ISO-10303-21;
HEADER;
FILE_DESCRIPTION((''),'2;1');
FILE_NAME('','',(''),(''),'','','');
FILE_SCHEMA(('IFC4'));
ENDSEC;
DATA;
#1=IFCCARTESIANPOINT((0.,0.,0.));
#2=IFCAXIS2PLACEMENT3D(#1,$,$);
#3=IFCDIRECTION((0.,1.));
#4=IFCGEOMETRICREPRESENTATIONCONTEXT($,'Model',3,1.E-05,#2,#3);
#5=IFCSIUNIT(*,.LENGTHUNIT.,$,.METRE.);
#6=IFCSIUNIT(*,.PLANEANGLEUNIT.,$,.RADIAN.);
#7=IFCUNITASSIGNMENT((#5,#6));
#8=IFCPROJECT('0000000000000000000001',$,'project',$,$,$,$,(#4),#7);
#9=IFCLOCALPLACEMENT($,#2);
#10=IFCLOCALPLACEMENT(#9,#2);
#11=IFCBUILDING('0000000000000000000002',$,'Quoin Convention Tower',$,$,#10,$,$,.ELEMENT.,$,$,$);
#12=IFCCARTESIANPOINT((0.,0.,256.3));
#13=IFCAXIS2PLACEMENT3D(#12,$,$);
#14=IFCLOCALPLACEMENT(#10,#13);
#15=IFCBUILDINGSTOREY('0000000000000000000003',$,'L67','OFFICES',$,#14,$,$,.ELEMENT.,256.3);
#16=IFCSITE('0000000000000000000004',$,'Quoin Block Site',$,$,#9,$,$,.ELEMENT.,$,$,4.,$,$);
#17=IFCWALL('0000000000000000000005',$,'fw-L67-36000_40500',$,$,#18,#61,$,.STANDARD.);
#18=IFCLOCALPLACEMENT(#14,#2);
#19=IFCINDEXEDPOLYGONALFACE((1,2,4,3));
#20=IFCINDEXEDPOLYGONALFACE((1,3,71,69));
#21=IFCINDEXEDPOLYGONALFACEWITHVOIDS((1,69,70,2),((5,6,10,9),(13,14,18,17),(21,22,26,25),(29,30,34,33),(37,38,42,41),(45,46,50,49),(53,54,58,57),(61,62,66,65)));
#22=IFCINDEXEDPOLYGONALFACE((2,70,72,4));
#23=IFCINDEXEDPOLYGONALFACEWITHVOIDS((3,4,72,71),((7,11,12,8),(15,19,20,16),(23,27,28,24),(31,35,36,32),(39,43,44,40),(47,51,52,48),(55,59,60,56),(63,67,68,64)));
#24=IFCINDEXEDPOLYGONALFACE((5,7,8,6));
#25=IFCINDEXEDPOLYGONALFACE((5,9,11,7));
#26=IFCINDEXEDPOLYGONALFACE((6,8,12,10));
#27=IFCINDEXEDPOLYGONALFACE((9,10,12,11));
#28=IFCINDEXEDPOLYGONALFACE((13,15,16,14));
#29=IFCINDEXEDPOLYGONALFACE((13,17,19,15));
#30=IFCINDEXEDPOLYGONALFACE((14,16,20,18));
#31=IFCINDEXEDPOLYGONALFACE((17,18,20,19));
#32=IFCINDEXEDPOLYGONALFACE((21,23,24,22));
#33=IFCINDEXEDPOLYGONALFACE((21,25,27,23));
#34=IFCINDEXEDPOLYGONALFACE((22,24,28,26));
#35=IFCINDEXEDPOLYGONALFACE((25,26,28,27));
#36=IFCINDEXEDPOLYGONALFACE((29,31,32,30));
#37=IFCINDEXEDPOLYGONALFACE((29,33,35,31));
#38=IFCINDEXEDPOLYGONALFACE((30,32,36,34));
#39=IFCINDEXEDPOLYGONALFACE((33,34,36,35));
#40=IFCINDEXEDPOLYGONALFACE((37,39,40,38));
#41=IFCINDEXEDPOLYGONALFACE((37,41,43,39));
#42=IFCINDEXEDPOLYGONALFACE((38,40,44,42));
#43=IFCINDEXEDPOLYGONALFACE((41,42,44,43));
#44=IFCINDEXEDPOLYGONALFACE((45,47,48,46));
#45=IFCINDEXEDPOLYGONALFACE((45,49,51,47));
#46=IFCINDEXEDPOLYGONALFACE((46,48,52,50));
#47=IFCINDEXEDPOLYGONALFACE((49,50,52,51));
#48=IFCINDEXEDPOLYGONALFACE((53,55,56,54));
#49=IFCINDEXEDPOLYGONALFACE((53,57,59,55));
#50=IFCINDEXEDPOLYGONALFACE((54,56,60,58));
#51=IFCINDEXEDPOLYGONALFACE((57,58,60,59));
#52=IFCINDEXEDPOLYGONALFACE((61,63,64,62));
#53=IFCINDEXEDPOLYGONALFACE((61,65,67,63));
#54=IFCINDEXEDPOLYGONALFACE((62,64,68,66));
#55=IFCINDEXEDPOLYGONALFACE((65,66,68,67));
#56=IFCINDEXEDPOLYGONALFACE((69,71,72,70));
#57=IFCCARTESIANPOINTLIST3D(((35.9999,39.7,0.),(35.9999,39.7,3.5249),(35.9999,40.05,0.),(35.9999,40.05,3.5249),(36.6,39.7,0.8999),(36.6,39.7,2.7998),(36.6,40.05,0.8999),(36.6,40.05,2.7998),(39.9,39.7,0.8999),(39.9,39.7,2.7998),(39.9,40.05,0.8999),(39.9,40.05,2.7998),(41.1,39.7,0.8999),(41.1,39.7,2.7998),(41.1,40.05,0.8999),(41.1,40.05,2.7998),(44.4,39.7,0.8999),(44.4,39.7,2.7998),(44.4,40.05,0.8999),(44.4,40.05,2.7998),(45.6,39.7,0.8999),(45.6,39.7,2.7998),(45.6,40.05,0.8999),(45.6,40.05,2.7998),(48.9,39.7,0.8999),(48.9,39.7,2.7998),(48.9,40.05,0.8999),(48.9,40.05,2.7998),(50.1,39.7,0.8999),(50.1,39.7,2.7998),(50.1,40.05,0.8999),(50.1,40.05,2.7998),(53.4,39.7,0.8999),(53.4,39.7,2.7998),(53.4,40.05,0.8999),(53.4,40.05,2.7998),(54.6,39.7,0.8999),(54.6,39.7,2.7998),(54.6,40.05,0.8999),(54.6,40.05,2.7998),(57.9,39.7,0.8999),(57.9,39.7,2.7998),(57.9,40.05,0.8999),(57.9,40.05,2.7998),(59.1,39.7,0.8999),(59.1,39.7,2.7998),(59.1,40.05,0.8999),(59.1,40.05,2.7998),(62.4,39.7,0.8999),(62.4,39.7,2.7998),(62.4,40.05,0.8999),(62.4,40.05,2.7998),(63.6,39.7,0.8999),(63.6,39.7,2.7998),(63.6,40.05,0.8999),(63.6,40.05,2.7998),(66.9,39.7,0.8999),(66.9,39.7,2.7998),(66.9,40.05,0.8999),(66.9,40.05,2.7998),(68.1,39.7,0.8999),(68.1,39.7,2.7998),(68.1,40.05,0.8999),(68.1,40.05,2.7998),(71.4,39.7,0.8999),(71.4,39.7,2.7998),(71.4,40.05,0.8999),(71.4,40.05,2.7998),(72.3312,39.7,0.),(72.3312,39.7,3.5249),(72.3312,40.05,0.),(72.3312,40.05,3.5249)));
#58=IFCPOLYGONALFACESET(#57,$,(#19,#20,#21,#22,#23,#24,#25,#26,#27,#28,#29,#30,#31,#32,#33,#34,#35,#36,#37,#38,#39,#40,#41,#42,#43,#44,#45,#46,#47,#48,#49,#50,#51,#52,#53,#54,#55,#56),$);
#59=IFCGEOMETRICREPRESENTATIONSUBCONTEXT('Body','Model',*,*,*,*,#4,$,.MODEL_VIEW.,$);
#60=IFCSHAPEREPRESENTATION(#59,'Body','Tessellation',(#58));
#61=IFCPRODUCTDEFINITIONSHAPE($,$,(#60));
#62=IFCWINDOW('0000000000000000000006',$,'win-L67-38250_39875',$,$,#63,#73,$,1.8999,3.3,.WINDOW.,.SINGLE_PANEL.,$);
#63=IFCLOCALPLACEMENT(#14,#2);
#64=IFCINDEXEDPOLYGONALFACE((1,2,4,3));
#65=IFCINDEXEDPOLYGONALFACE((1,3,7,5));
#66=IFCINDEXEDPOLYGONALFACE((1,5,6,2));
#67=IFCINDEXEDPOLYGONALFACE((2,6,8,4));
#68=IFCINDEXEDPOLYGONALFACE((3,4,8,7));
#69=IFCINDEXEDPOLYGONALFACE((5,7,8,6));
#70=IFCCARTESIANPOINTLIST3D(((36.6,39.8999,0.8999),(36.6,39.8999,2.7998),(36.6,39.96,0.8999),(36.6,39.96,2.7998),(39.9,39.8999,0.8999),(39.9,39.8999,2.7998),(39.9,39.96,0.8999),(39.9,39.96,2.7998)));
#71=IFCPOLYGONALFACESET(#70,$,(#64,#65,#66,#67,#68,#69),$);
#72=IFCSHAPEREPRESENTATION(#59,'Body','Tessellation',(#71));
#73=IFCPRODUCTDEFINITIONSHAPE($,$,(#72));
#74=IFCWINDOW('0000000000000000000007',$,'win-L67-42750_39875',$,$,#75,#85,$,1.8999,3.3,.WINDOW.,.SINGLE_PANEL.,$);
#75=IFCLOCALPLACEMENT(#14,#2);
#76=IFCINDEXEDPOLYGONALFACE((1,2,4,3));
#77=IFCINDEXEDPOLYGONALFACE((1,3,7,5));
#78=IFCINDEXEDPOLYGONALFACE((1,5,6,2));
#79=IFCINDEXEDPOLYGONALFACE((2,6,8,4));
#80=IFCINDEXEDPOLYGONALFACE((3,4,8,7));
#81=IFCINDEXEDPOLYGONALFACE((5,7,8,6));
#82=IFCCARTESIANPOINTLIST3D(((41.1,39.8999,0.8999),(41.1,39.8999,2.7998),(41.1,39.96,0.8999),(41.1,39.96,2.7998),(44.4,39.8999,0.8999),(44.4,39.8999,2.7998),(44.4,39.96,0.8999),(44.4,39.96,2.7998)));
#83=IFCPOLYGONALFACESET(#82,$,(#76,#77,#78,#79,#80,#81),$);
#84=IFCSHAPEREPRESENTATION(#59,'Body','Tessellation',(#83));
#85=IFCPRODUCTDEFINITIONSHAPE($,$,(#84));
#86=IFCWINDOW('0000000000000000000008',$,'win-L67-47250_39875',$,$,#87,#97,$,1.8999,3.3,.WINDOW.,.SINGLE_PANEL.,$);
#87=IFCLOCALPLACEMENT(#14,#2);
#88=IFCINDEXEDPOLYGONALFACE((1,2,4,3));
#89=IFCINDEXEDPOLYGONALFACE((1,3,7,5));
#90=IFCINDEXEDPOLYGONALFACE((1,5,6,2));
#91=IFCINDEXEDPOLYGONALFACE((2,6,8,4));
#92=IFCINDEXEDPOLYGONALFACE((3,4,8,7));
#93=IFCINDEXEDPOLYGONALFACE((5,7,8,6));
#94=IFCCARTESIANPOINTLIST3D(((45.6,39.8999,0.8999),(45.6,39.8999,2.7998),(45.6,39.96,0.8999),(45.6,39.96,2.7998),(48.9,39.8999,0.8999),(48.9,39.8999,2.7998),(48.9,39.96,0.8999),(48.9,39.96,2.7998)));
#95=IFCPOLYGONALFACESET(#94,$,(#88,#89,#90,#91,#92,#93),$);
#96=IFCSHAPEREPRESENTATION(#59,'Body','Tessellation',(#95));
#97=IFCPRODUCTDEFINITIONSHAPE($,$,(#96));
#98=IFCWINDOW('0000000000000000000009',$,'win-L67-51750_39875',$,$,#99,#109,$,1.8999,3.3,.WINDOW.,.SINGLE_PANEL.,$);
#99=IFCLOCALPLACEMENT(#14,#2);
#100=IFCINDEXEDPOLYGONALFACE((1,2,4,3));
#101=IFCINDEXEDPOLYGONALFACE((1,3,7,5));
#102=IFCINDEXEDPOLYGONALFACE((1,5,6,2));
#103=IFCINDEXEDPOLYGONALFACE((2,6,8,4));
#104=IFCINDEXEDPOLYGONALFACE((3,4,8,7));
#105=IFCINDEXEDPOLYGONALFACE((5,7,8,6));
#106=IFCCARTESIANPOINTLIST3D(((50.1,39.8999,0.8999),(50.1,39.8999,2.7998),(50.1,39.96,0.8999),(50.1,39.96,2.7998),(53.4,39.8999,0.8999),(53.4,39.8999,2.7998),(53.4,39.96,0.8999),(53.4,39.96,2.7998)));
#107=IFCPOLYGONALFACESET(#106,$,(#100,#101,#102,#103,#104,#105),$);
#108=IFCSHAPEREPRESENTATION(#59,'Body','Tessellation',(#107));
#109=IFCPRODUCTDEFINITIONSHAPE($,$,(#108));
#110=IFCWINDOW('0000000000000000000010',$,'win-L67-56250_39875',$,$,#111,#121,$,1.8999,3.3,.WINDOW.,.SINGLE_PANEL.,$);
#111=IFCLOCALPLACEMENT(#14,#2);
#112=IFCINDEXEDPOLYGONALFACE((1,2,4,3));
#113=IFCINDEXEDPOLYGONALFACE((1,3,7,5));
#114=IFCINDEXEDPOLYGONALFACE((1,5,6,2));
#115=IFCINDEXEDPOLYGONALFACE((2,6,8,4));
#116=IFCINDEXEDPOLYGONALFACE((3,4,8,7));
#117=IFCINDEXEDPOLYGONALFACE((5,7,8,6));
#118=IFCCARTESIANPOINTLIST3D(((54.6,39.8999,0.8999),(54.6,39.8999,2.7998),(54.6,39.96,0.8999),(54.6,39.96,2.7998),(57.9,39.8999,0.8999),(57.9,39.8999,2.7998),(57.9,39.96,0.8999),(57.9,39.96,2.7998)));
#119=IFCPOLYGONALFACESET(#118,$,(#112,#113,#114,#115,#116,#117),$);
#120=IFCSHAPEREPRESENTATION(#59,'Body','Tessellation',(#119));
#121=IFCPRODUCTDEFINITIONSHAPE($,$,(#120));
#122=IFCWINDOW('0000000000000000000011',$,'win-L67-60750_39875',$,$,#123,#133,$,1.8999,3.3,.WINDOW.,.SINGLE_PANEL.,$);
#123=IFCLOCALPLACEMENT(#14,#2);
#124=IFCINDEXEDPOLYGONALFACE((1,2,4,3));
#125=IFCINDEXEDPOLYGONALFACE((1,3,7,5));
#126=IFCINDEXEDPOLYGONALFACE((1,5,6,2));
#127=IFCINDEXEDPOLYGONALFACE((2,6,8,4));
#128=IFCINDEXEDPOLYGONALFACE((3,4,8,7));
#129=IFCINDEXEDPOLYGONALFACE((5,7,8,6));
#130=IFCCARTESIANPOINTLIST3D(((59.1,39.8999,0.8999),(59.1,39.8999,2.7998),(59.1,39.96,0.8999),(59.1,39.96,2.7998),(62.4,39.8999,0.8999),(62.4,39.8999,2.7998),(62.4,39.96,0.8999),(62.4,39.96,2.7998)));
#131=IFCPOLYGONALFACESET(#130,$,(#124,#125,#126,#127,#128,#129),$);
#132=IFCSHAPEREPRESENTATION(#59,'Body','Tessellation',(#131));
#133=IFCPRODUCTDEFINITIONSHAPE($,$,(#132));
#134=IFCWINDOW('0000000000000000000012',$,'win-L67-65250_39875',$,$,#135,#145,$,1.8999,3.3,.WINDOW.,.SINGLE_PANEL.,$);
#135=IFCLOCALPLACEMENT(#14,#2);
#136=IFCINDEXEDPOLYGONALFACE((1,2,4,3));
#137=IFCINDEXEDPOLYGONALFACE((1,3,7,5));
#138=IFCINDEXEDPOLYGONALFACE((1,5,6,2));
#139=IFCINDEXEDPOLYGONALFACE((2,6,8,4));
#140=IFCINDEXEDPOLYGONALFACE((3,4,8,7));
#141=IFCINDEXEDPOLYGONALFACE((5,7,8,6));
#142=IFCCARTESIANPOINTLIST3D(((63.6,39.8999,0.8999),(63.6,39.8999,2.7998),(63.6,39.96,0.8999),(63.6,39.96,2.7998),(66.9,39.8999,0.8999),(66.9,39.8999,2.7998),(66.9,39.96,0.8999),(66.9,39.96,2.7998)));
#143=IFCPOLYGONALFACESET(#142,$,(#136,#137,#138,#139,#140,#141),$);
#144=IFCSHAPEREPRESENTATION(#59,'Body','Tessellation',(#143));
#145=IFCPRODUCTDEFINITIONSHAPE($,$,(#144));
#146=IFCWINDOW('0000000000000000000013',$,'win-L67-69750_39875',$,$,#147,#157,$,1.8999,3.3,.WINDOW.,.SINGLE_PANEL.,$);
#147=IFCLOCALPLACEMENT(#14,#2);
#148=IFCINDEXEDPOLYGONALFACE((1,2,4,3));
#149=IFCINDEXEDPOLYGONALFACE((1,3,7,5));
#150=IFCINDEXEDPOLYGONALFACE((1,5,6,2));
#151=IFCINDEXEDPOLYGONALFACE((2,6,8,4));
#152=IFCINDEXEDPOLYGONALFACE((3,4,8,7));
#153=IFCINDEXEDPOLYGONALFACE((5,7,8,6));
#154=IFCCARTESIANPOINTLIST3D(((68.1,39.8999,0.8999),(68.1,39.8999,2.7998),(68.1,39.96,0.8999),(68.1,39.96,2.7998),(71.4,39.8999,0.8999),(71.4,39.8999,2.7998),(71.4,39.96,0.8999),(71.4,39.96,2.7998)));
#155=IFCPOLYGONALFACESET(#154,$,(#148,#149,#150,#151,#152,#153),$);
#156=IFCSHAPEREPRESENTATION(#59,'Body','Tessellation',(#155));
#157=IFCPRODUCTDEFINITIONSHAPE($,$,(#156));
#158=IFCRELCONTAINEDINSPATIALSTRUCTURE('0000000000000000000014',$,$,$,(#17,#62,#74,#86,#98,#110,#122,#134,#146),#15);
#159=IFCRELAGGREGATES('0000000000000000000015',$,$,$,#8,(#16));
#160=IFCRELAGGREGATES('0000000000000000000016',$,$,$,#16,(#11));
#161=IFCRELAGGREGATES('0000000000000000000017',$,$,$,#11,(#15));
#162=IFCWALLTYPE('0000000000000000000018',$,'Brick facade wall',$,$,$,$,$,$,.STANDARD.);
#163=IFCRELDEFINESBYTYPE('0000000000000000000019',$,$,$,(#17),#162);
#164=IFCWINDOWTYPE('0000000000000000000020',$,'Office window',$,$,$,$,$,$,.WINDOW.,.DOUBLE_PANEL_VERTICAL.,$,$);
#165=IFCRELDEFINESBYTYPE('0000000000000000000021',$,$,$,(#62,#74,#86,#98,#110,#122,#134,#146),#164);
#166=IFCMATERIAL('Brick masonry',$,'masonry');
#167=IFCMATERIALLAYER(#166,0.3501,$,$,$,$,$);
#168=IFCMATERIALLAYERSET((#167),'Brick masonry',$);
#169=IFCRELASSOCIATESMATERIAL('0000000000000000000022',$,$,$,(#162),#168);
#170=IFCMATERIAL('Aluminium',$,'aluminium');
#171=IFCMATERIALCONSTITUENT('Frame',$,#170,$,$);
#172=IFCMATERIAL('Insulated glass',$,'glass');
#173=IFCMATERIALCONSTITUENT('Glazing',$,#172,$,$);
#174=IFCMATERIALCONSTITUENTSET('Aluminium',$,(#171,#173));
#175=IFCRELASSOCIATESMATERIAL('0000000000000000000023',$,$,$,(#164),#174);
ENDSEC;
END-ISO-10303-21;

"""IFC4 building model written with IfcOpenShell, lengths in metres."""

from ifc_helpers import new_model, si_unit, direction, frame, frame_2d, origin, place, context, subcontext, project, spatial, rectangle, extrude, material, layer, layer_set, constituent, constituent_set, type_object, element, fill, save


model = new_model("IFC4")

# Units and contexts
model_context = context("Model", 3, precision=1e-05, world=origin(), true_north=direction((0.0, 1.0)))
body_context = subcontext(model_context, "Body", "Model", "MODEL_VIEW")
ifc_project = project(units=[si_unit("LENGTHUNIT", "METRE"), si_unit("PLANEANGLEUNIT", "RADIAN")], contexts=[model_context])

# Site, building, storey
site_placement = place(None, origin())
site = spatial("IfcSite", under=ifc_project, at=site_placement, Name="Quoin Block Site", CompositionType="ELEMENT", RefElevation=4.0)
building_placement = place(site_placement, origin())
building = spatial("IfcBuilding", under=site, at=building_placement, Name="Quoin Convention Tower", CompositionType="ELEMENT")
storey_placement = place(building_placement, frame((0.0, 0.0, 256.3)))
storey = spatial("IfcBuildingStorey", under=building, at=storey_placement, Name="L67", Description="OFFICES", CompositionType="ELEMENT", Elevation=256.3)

# Wall, openings, windows
ifc_material_1 = material(Name="Brick masonry", Category="masonry")
ifc_layer_1 = layer(ifc_material_1, 0.3501)
ifc_layer_set_1 = layer_set([ifc_layer_1], Name="Brick masonry")
wall_type = type_object("IfcWallType", Name="Brick facade wall", PredefinedType="STANDARD", material=ifc_layer_set_1)
wall_1_placement = place(storey_placement, frame((36.0, 39.875, 0.0), z_axis=(0.0, 0.0, 1.0), x_axis=(1.0, 0.0, 0.0)))
wall_1 = element("IfcWall", 1, at=wall_1_placement, inside=storey, type_object=wall_type, Name="fw-L67-36000_40500", PredefinedType="STANDARD", context=body_context, shape_type="SweptSolid", body=[
    extrude(rectangle(XDim=36.3313, YDim=0.3501, at=frame_2d((18.1655, 0.0))), origin(), (0.0, 0.0, 1.0), 3.5249),
])
opening_1_placement = place(wall_1_placement, frame((0.6001, 0.0, 0.8999)))
opening_1 = element("IfcOpeningElement", 2, at=opening_1_placement, cuts=wall_1, PredefinedType="OPENING", context=body_context, shape_type="SweptSolid", body=[
    extrude(rectangle(XDim=3.3, YDim=1.8999, at=frame_2d((1.6499, 0.95))), frame((0.0, 0.1851, 0.0), z_axis=(0.0, -1.0, 0.0), x_axis=(1.0, 0.0, 0.0)), (0.0, 0.0, 1.0), 0.3701),
])
opening_2_placement = place(wall_1_placement, frame((5.1001, 0.0, 0.8999)))
opening_2 = element("IfcOpeningElement", 3, at=opening_2_placement, cuts=wall_1, PredefinedType="OPENING", context=body_context, shape_type="SweptSolid", body=[
    extrude(rectangle(XDim=3.3, YDim=1.8999, at=frame_2d((1.6499, 0.95))), frame((0.0, 0.1851, 0.0), z_axis=(0.0, -1.0, 0.0), x_axis=(1.0, 0.0, 0.0)), (0.0, 0.0, 1.0), 0.3701),
])
opening_3_placement = place(wall_1_placement, frame((9.6001, 0.0, 0.8999)))
opening_3 = element("IfcOpeningElement", 4, at=opening_3_placement, cuts=wall_1, PredefinedType="OPENING", context=body_context, shape_type="SweptSolid", body=[
    extrude(rectangle(XDim=3.3, YDim=1.8999, at=frame_2d((1.6499, 0.95))), frame((0.0, 0.1851, 0.0), z_axis=(0.0, -1.0, 0.0), x_axis=(1.0, 0.0, 0.0)), (0.0, 0.0, 1.0), 0.3701),
])
opening_4_placement = place(wall_1_placement, frame((14.1001, 0.0, 0.8999)))
opening_4 = element("IfcOpeningElement", 5, at=opening_4_placement, cuts=wall_1, PredefinedType="OPENING", context=body_context, shape_type="SweptSolid", body=[
    extrude(rectangle(XDim=3.3, YDim=1.8999, at=frame_2d((1.6499, 0.95))), frame((0.0, 0.1851, 0.0), z_axis=(0.0, -1.0, 0.0), x_axis=(1.0, 0.0, 0.0)), (0.0, 0.0, 1.0), 0.3701),
])
opening_5_placement = place(wall_1_placement, frame((18.6001, 0.0, 0.8999)))
opening_5 = element("IfcOpeningElement", 6, at=opening_5_placement, cuts=wall_1, PredefinedType="OPENING", context=body_context, shape_type="SweptSolid", body=[
    extrude(rectangle(XDim=3.3, YDim=1.8999, at=frame_2d((1.6499, 0.95))), frame((0.0, 0.1851, 0.0), z_axis=(0.0, -1.0, 0.0), x_axis=(1.0, 0.0, 0.0)), (0.0, 0.0, 1.0), 0.3701),
])
opening_6_placement = place(wall_1_placement, frame((23.1001, 0.0, 0.8999)))
opening_6 = element("IfcOpeningElement", 7, at=opening_6_placement, cuts=wall_1, PredefinedType="OPENING", context=body_context, shape_type="SweptSolid", body=[
    extrude(rectangle(XDim=3.3, YDim=1.8999, at=frame_2d((1.6499, 0.95))), frame((0.0, 0.1851, 0.0), z_axis=(0.0, -1.0, 0.0), x_axis=(1.0, 0.0, 0.0)), (0.0, 0.0, 1.0), 0.3701),
])
opening_7_placement = place(wall_1_placement, frame((27.6001, 0.0, 0.8999)))
opening_7 = element("IfcOpeningElement", 8, at=opening_7_placement, cuts=wall_1, PredefinedType="OPENING", context=body_context, shape_type="SweptSolid", body=[
    extrude(rectangle(XDim=3.3, YDim=1.8999, at=frame_2d((1.6499, 0.95))), frame((0.0, 0.1851, 0.0), z_axis=(0.0, -1.0, 0.0), x_axis=(1.0, 0.0, 0.0)), (0.0, 0.0, 1.0), 0.3701),
])
opening_8_placement = place(wall_1_placement, frame((32.1001, 0.0, 0.8999)))
opening_8 = element("IfcOpeningElement", 9, at=opening_8_placement, cuts=wall_1, PredefinedType="OPENING", context=body_context, shape_type="SweptSolid", body=[
    extrude(rectangle(XDim=3.3, YDim=1.8999, at=frame_2d((1.6499, 0.95))), frame((0.0, 0.1851, 0.0), z_axis=(0.0, -1.0, 0.0), x_axis=(1.0, 0.0, 0.0)), (0.0, 0.0, 1.0), 0.3701),
])
ifc_material_2 = material(Name="Aluminium", Category="aluminium")
ifc_constituent_1 = constituent(ifc_material_2, Name="Frame")
ifc_material_3 = material(Name="Insulated glass", Category="glass")
ifc_constituent_2 = constituent(ifc_material_3, Name="Glazing")
ifc_constituent_set = constituent_set(constituents=[ifc_constituent_1, ifc_constituent_2], Name="Aluminium")
window_type = type_object("IfcWindowType", Name="Office window", PartitioningType="DOUBLE_PANEL_VERTICAL", PredefinedType="WINDOW", material=ifc_constituent_set)
window_1_placement = place(opening_1_placement, origin())
window_1 = element("IfcWindow", 10, at=window_1_placement, inside=storey, type_object=window_type, Name="win-L67-38250_39875", OverallHeight=1.8999, OverallWidth=3.3, PartitioningType="SINGLE_PANEL", PredefinedType="WINDOW", context=body_context, shape_type="SweptSolid", body=[
    extrude(rectangle(XDim=3.3, YDim=1.8999, at=frame_2d((1.6499, 0.95))), frame((0.0, 0.085, 0.0), z_axis=(0.0, -1.0, 0.0), x_axis=(1.0, 0.0, 0.0)), (0.0, 0.0, 1.0), 0.0601),
])
fill(opening_1, window_1)
window_2_placement = place(opening_2_placement, origin())
window_2 = element("IfcWindow", 11, at=window_2_placement, inside=storey, type_object=window_type, Name="win-L67-42750_39875", OverallHeight=1.8999, OverallWidth=3.3, PartitioningType="SINGLE_PANEL", PredefinedType="WINDOW", context=body_context, shape_type="SweptSolid", body=[
    extrude(rectangle(XDim=3.3, YDim=1.8999, at=frame_2d((1.6499, 0.95))), frame((0.0, 0.085, 0.0), z_axis=(0.0, -1.0, 0.0), x_axis=(1.0, 0.0, 0.0)), (0.0, 0.0, 1.0), 0.0601),
])
fill(opening_2, window_2)
window_3_placement = place(opening_3_placement, origin())
window_3 = element("IfcWindow", 12, at=window_3_placement, inside=storey, type_object=window_type, Name="win-L67-47250_39875", OverallHeight=1.8999, OverallWidth=3.3, PartitioningType="SINGLE_PANEL", PredefinedType="WINDOW", context=body_context, shape_type="SweptSolid", body=[
    extrude(rectangle(XDim=3.3, YDim=1.8999, at=frame_2d((1.6499, 0.95))), frame((0.0, 0.085, 0.0), z_axis=(0.0, -1.0, 0.0), x_axis=(1.0, 0.0, 0.0)), (0.0, 0.0, 1.0), 0.0601),
])
fill(opening_3, window_3)
window_4_placement = place(opening_4_placement, origin())
window_4 = element("IfcWindow", 13, at=window_4_placement, inside=storey, type_object=window_type, Name="win-L67-51750_39875", OverallHeight=1.8999, OverallWidth=3.3, PartitioningType="SINGLE_PANEL", PredefinedType="WINDOW", context=body_context, shape_type="SweptSolid", body=[
    extrude(rectangle(XDim=3.3, YDim=1.8999, at=frame_2d((1.6499, 0.95))), frame((0.0, 0.085, 0.0), z_axis=(0.0, -1.0, 0.0), x_axis=(1.0, 0.0, 0.0)), (0.0, 0.0, 1.0), 0.0601),
])
fill(opening_4, window_4)
window_5_placement = place(opening_5_placement, origin())
window_5 = element("IfcWindow", 14, at=window_5_placement, inside=storey, type_object=window_type, Name="win-L67-56250_39875", OverallHeight=1.8999, OverallWidth=3.3, PartitioningType="SINGLE_PANEL", PredefinedType="WINDOW", context=body_context, shape_type="SweptSolid", body=[
    extrude(rectangle(XDim=3.3, YDim=1.8999, at=frame_2d((1.6499, 0.95))), frame((0.0, 0.085, 0.0), z_axis=(0.0, -1.0, 0.0), x_axis=(1.0, 0.0, 0.0)), (0.0, 0.0, 1.0), 0.0601),
])
fill(opening_5, window_5)
window_6_placement = place(opening_6_placement, origin())
window_6 = element("IfcWindow", 15, at=window_6_placement, inside=storey, type_object=window_type, Name="win-L67-60750_39875", OverallHeight=1.8999, OverallWidth=3.3, PartitioningType="SINGLE_PANEL", PredefinedType="WINDOW", context=body_context, shape_type="SweptSolid", body=[
    extrude(rectangle(XDim=3.3, YDim=1.8999, at=frame_2d((1.6499, 0.95))), frame((0.0, 0.085, 0.0), z_axis=(0.0, -1.0, 0.0), x_axis=(1.0, 0.0, 0.0)), (0.0, 0.0, 1.0), 0.0601),
])
fill(opening_6, window_6)
window_7_placement = place(opening_7_placement, origin())
window_7 = element("IfcWindow", 16, at=window_7_placement, inside=storey, type_object=window_type, Name="win-L67-65250_39875", OverallHeight=1.8999, OverallWidth=3.3, PartitioningType="SINGLE_PANEL", PredefinedType="WINDOW", context=body_context, shape_type="SweptSolid", body=[
    extrude(rectangle(XDim=3.3, YDim=1.8999, at=frame_2d((1.6499, 0.95))), frame((0.0, 0.085, 0.0), z_axis=(0.0, -1.0, 0.0), x_axis=(1.0, 0.0, 0.0)), (0.0, 0.0, 1.0), 0.0601),
])
fill(opening_7, window_7)
window_8_placement = place(opening_8_placement, origin())
window_8 = element("IfcWindow", 17, at=window_8_placement, inside=storey, type_object=window_type, Name="win-L67-69750_39875", OverallHeight=1.8999, OverallWidth=3.3, PartitioningType="SINGLE_PANEL", PredefinedType="WINDOW", context=body_context, shape_type="SweptSolid", body=[
    extrude(rectangle(XDim=3.3, YDim=1.8999, at=frame_2d((1.6499, 0.95))), frame((0.0, 0.085, 0.0), z_axis=(0.0, -1.0, 0.0), x_axis=(1.0, 0.0, 0.0)), (0.0, 0.0, 1.0), 0.0601),
])
fill(opening_8, window_8)

save(model, "model.ifc")
